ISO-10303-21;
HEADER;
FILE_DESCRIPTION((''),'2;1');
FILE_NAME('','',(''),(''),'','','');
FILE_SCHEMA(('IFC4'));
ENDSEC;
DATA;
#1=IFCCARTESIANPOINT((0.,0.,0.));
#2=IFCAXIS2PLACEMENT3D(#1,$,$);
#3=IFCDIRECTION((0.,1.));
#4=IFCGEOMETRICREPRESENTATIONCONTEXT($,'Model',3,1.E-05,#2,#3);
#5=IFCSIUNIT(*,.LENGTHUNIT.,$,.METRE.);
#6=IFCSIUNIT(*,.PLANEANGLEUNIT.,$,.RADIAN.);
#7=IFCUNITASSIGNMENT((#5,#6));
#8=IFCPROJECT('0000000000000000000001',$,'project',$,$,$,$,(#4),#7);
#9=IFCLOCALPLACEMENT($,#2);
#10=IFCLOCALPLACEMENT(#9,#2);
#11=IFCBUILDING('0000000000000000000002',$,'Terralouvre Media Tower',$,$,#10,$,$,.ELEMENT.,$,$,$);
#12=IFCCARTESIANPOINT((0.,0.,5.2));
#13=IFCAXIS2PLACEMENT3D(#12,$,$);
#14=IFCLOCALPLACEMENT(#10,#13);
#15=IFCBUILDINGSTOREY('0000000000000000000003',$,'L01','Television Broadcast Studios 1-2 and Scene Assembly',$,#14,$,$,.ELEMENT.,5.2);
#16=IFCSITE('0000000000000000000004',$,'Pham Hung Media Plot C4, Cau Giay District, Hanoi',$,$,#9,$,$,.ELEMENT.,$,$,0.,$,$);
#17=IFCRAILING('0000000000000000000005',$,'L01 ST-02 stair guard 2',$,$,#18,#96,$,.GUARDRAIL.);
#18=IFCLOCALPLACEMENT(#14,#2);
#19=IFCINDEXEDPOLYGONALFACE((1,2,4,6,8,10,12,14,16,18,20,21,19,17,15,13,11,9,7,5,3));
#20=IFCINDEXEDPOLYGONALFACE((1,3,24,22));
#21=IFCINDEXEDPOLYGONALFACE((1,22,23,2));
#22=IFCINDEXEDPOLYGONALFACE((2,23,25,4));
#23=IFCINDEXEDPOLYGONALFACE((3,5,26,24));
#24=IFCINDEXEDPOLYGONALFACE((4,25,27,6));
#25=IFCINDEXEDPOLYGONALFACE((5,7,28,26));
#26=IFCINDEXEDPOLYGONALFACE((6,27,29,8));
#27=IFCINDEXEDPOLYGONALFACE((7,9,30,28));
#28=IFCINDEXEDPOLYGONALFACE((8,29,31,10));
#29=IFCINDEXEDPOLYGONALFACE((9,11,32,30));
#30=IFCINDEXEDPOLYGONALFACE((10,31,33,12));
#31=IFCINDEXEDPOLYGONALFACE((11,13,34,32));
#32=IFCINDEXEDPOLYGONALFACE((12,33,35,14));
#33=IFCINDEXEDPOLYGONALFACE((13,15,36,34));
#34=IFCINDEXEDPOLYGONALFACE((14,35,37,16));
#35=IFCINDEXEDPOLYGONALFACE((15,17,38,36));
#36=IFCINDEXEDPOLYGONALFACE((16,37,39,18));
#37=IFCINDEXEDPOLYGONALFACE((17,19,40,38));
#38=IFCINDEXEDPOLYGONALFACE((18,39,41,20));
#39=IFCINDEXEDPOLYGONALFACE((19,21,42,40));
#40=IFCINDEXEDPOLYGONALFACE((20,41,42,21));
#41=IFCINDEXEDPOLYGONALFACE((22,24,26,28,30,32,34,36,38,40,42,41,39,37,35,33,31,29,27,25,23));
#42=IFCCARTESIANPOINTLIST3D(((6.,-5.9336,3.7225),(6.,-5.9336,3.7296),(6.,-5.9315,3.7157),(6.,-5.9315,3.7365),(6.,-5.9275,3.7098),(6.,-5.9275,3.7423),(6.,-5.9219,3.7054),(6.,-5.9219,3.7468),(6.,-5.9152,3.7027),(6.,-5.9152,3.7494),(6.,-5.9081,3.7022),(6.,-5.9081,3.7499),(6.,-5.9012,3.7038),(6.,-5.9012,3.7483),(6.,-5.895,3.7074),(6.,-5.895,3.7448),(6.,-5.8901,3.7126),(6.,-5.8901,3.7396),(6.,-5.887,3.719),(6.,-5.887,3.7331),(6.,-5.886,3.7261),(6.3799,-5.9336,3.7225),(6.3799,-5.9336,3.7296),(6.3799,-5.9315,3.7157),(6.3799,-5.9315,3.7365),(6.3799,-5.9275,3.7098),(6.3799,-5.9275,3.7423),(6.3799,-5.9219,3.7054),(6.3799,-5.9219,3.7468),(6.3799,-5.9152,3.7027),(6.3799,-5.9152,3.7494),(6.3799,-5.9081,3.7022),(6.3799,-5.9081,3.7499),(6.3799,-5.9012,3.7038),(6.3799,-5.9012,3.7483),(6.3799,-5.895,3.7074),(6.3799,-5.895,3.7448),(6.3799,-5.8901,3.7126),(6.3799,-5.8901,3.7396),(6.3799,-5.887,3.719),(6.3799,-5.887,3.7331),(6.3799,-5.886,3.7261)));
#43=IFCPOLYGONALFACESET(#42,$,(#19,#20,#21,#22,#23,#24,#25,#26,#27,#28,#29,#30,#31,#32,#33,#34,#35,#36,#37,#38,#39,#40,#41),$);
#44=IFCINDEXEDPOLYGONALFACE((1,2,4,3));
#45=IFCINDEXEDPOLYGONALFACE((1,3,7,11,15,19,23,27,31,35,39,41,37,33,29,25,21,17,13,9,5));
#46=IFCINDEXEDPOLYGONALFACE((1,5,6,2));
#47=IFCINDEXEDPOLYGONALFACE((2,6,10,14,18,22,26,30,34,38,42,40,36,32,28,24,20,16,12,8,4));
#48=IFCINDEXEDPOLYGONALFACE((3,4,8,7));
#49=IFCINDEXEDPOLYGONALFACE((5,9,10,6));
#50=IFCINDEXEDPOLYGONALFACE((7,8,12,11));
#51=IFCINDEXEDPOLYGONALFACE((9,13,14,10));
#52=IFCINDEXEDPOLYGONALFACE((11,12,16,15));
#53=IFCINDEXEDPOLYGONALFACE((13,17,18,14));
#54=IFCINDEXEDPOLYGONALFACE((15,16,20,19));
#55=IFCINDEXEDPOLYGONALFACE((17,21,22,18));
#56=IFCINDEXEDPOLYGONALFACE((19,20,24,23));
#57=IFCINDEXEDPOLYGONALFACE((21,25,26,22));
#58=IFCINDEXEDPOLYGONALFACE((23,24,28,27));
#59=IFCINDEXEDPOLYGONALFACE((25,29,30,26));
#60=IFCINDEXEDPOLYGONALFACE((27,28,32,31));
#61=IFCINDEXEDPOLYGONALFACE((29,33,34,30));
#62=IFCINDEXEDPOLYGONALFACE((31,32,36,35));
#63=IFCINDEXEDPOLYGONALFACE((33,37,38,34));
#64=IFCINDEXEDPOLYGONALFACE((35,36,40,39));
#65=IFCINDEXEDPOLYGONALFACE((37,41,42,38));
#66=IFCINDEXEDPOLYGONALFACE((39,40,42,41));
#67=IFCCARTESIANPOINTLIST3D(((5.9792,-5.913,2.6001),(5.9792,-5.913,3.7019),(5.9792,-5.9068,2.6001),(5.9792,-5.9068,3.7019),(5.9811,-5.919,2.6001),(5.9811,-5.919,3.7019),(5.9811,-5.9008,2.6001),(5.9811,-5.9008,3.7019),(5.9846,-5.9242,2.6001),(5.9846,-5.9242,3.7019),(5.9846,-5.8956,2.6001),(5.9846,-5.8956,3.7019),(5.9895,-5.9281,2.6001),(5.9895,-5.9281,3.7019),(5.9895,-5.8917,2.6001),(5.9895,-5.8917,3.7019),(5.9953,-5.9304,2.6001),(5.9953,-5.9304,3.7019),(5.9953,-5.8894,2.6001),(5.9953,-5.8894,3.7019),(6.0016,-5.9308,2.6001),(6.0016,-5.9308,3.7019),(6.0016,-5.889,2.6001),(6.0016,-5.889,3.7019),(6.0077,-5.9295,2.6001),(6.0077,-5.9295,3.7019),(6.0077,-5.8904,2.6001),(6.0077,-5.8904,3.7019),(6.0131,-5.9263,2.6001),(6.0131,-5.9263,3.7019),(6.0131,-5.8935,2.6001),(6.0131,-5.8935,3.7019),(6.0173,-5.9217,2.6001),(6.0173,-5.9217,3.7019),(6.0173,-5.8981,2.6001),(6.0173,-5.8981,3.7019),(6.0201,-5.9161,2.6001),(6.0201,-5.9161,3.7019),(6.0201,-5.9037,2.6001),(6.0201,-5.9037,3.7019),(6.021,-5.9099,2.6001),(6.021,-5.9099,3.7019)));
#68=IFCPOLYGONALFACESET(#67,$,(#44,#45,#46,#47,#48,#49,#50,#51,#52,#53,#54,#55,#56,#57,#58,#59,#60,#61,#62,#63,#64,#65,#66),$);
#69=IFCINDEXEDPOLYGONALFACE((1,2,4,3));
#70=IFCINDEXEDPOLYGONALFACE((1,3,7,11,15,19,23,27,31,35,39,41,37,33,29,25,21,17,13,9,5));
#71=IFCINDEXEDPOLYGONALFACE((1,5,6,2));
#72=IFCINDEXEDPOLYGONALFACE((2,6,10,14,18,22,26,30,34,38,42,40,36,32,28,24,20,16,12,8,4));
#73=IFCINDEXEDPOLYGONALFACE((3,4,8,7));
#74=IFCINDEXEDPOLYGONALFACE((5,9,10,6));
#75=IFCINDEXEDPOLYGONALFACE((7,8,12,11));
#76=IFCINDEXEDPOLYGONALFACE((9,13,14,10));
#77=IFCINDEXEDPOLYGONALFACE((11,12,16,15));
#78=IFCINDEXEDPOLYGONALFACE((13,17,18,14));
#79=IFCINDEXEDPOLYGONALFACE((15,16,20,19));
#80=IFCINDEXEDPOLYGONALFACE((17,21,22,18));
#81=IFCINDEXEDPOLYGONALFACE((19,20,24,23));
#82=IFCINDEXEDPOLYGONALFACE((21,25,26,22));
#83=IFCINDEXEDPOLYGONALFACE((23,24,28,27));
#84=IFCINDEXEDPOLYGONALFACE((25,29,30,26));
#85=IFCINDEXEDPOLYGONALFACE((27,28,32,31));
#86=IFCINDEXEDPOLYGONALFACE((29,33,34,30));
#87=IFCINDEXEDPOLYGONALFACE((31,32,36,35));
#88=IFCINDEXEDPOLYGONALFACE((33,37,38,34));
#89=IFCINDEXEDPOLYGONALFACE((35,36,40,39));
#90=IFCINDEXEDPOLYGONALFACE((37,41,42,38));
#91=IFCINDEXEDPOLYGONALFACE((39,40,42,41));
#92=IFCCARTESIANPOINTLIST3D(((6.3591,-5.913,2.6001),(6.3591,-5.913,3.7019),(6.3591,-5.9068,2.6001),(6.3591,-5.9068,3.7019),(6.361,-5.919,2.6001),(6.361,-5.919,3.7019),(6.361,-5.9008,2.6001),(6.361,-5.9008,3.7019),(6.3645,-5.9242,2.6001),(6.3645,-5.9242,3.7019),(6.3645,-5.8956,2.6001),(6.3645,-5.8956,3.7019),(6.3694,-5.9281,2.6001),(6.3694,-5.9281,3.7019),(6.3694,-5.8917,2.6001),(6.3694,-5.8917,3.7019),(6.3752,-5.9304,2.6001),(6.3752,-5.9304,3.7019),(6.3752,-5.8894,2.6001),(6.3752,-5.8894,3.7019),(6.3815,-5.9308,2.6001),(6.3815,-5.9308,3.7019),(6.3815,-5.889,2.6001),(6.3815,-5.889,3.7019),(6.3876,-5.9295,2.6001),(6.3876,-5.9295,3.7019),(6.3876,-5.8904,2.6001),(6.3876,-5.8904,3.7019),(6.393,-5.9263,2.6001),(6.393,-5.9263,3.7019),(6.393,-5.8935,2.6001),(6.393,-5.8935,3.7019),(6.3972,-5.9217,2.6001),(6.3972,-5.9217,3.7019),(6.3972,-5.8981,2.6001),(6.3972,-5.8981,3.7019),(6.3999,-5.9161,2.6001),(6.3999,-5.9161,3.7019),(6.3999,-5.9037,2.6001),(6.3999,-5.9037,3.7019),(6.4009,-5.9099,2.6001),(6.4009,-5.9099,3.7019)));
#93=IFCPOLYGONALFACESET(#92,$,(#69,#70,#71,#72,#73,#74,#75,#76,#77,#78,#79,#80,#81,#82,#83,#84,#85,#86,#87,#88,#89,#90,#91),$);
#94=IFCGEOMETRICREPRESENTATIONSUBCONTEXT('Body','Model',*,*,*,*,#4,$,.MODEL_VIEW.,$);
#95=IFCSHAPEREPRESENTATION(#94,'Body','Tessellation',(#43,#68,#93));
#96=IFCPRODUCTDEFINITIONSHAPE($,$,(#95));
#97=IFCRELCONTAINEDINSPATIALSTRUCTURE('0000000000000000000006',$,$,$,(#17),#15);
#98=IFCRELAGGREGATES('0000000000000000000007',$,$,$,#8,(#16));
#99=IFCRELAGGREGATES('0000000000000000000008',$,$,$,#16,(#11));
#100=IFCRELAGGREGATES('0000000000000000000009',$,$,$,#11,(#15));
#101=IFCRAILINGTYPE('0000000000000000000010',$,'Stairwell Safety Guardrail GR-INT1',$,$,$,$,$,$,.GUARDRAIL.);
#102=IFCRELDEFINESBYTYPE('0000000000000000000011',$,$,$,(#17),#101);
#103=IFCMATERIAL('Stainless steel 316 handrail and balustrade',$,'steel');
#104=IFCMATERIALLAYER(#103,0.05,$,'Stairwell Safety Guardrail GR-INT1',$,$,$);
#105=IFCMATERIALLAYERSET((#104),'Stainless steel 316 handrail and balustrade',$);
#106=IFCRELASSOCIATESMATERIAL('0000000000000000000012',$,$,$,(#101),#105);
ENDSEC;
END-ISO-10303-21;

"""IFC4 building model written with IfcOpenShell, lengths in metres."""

from ifc_helpers import new_model, si_unit, direction, frame, origin, origin_2d, place, context, subcontext, project, spatial, circle, extrude, material, layer, layer_set, type_object, element, save


model = new_model("IFC4")

# Units and contexts
model_context = context("Model", 3, precision=1e-05, world=origin(), true_north=direction((0.0, 1.0)))
body_context = subcontext(model_context, "Body", "Model", "MODEL_VIEW")
ifc_project = project(units=[si_unit("LENGTHUNIT", "METRE"), si_unit("PLANEANGLEUNIT", "RADIAN")], contexts=[model_context])

# Site, building, storey
site_placement = place(None, origin())
site = spatial("IfcSite", under=ifc_project, at=site_placement, Name="Pham Hung Media Plot C4, Cau Giay District, Hanoi", CompositionType="ELEMENT", RefElevation=0.0)
building_placement = place(site_placement, origin())
building = spatial("IfcBuilding", under=site, at=building_placement, Name="Terralouvre Media Tower", CompositionType="ELEMENT")
storey_placement = place(building_placement, frame((0.0, 0.0, 5.2)))
storey = spatial("IfcBuildingStorey", under=building, at=storey_placement, Name="L01", Description="Television Broadcast Studios 1-2 and Scene Assembly", CompositionType="ELEMENT", Elevation=5.2)

# Railing
ifc_material_1 = material(Name="Stainless steel 316 handrail and balustrade", Category="steel")
ifc_layer_1 = layer(ifc_material_1, 0.05, Name="Stairwell Safety Guardrail GR-INT1")
ifc_layer_set_1 = layer_set([ifc_layer_1], Name="Stainless steel 316 handrail and balustrade")
railing_type = type_object("IfcRailingType", Name="Stairwell Safety Guardrail GR-INT1", PredefinedType="GUARDRAIL", material=ifc_layer_set_1)
railing_1_placement = place(storey_placement, frame((6.0, -5.9099, 2.6001)))
element("IfcRailing", 1, at=railing_1_placement, inside=storey, type_object=railing_type, Name="L01 ST-02 stair guard 2", PredefinedType="GUARDRAIL", context=body_context, shape_type="SweptSolid", body=[
    extrude(circle(Radius=0.0239, at=origin_2d()), frame((0.0, 0.0, 1.126), z_axis=(1.0, 0.0, 0.0), x_axis=(0.0, 1.0, 0.0)), (0.0, 0.0, 1.0), 0.3799),
    extrude(circle(Radius=0.021, at=origin_2d()), origin(), (0.0, 0.0, 1.0), 1.1018),
    extrude(circle(Radius=0.021, at=origin_2d()), frame((0.3799, 0.0, 0.0)), (0.0, 0.0, 1.0), 1.1018),
])

save(model, "model.ifc")
